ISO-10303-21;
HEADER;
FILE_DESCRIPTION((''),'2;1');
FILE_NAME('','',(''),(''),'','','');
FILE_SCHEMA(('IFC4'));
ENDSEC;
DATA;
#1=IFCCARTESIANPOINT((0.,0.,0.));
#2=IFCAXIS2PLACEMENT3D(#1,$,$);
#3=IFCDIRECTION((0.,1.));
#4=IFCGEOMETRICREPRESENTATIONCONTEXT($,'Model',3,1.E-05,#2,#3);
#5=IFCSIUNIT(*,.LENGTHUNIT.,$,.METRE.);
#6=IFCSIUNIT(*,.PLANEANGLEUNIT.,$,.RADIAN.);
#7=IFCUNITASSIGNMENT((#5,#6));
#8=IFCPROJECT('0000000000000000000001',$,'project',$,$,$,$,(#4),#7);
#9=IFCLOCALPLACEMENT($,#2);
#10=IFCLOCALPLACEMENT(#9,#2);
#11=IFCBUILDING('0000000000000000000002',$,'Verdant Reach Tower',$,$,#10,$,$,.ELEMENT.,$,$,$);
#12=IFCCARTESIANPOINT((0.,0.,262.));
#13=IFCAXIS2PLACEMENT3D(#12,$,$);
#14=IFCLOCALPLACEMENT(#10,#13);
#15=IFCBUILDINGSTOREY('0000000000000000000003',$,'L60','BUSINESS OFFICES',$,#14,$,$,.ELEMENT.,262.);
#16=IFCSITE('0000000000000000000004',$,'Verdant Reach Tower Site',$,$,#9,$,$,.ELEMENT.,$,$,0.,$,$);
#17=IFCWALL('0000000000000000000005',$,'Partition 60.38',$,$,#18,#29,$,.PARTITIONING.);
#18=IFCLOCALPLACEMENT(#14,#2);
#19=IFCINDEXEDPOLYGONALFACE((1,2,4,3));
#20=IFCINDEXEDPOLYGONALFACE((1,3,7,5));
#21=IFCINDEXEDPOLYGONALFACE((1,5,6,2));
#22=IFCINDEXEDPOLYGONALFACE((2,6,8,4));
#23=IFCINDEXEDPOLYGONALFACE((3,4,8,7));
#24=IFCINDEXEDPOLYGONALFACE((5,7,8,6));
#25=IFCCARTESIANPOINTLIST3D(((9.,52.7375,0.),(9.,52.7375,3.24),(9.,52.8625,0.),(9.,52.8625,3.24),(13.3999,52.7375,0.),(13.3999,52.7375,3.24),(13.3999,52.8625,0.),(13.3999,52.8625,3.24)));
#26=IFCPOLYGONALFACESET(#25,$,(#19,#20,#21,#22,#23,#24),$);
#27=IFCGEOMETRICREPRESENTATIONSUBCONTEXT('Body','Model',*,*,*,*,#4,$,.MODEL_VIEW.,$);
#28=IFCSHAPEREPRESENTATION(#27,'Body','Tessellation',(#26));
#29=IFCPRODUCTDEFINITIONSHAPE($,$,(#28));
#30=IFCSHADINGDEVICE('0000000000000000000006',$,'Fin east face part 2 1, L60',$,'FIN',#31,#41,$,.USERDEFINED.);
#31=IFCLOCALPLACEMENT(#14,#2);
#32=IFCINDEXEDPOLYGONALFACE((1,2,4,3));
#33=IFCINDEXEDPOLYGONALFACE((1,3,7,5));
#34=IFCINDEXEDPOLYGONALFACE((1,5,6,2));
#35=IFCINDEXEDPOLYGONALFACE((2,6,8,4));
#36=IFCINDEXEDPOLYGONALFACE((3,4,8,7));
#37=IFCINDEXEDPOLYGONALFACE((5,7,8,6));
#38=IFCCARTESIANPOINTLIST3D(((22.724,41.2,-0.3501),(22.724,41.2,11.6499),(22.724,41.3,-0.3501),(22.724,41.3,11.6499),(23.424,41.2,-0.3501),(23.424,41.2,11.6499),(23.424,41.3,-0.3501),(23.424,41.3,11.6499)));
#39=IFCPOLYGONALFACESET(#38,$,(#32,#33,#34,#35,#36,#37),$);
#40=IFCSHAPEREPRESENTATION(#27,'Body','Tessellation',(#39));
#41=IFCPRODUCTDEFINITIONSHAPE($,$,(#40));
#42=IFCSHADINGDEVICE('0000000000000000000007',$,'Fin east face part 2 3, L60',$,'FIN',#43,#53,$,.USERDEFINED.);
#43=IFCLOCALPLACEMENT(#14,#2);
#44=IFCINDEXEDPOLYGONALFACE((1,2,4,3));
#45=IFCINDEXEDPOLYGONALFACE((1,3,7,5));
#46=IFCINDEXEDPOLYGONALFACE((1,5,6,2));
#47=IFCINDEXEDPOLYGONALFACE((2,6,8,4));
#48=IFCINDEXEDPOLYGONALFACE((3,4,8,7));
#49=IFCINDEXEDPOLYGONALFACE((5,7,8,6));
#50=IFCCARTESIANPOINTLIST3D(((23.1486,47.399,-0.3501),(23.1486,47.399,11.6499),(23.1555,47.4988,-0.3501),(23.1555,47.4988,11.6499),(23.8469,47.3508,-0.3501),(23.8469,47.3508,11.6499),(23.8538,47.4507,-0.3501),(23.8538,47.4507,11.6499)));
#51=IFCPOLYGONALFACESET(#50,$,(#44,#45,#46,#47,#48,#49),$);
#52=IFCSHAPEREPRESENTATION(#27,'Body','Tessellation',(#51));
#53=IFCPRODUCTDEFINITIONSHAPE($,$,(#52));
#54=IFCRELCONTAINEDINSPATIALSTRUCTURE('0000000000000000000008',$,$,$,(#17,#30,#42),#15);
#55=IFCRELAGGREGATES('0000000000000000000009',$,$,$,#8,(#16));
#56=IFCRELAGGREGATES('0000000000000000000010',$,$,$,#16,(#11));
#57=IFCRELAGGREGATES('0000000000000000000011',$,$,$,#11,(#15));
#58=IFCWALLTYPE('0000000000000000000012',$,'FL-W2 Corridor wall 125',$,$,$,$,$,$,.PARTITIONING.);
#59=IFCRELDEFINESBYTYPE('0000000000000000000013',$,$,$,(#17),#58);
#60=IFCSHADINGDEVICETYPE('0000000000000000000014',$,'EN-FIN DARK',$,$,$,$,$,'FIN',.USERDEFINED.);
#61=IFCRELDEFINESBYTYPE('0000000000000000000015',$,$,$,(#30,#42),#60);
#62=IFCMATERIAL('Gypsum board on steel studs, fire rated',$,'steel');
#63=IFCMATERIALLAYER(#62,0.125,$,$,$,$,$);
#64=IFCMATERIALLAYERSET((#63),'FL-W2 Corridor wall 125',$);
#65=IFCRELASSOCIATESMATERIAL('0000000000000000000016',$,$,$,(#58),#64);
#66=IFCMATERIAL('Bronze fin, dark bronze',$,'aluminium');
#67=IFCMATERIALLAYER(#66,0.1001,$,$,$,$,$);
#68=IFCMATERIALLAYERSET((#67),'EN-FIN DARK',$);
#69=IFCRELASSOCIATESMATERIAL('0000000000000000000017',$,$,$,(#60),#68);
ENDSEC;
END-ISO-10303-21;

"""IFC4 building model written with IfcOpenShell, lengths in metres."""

from ifc_helpers import new_model, si_unit, direction, frame, frame_2d, origin, origin_2d, place, context, subcontext, project, spatial, rectangle, extrude, material, layer, layer_set, type_object, element, save


model = new_model("IFC4")

# Units and contexts
model_context = context("Model", 3, precision=1e-05, world=origin(), true_north=direction((0.0, 1.0)))
body_context = subcontext(model_context, "Body", "Model", "MODEL_VIEW")
ifc_project = project(units=[si_unit("LENGTHUNIT", "METRE"), si_unit("PLANEANGLEUNIT", "RADIAN")], contexts=[model_context])

# Site, building, storey
site_placement = place(None, origin())
site = spatial("IfcSite", under=ifc_project, at=site_placement, Name="Verdant Reach Tower Site", CompositionType="ELEMENT", RefElevation=0.0)
building_placement = place(site_placement, origin())
building = spatial("IfcBuilding", under=site, at=building_placement, Name="Verdant Reach Tower", CompositionType="ELEMENT")
storey_placement = place(building_placement, frame((0.0, 0.0, 262.0)))
storey = spatial("IfcBuildingStorey", under=building, at=storey_placement, Name="L60", Description="BUSINESS OFFICES", CompositionType="ELEMENT", Elevation=262.0)

# Shared definitions
ifc_material_1 = material(Name="Gypsum board on steel studs, fire rated", Category="steel")
ifc_layer_1 = layer(ifc_material_1, 0.125)
ifc_layer_set_1 = layer_set([ifc_layer_1], Name="FL-W2 Corridor wall 125")
wall_type_1 = type_object("IfcWallType", Name="FL-W2 Corridor wall 125", PredefinedType="PARTITIONING", material=ifc_layer_set_1)

# Wall
wall_1_placement = place(storey_placement, frame((13.3999, 52.8, 0.0), z_axis=(0.0, 0.0, 1.0), x_axis=(-1.0, 0.0, 0.0)))
element("IfcWall", 1, at=wall_1_placement, inside=storey, type_object=wall_type_1, Name="Partition 60.38", PredefinedType="PARTITIONING", context=body_context, shape_type="SweptSolid", body=[
    extrude(rectangle(XDim=4.3999, YDim=0.125, at=frame_2d((2.2, 0.0))), origin(), (0.0, 0.0, 1.0), 3.24),
])

# Shading devices
ifc_material_2 = material(Name="Bronze fin, dark bronze", Category="aluminium")
ifc_layer_2 = layer(ifc_material_2, 0.1001)
ifc_layer_set_2 = layer_set([ifc_layer_2], Name="EN-FIN DARK")
shading_device_type = type_object("IfcShadingDeviceType", Name="EN-FIN DARK", ElementType="FIN", PredefinedType="USERDEFINED", material=ifc_layer_set_2)
for number, where, z_axis, x_axis, name in (
    (2, (23.074, 41.25, -0.3501), (0.0, 0.0, 1.0), (0.0, 1.0, 0.0), "Fin east face part 2 1, L60"),
    (3, (23.5012, 47.4248, -0.3501), (0.0, 0.0, 1.0), (0.068802, 0.99763, 0.0), "Fin east face part 2 3, L60"),
):
    element("IfcShadingDevice", number, at=place(storey_placement, frame(where, z_axis=z_axis, x_axis=x_axis)), inside=storey, type_object=shading_device_type, Name=name, ObjectType="FIN", PredefinedType="USERDEFINED", context=body_context, shape_type="SweptSolid", body=[
        extrude(rectangle(XDim=0.1001, YDim=0.7, at=origin_2d()), origin(), (0.0, 0.0, 1.0), 12.0),
    ])

save(model, "model.ifc")
